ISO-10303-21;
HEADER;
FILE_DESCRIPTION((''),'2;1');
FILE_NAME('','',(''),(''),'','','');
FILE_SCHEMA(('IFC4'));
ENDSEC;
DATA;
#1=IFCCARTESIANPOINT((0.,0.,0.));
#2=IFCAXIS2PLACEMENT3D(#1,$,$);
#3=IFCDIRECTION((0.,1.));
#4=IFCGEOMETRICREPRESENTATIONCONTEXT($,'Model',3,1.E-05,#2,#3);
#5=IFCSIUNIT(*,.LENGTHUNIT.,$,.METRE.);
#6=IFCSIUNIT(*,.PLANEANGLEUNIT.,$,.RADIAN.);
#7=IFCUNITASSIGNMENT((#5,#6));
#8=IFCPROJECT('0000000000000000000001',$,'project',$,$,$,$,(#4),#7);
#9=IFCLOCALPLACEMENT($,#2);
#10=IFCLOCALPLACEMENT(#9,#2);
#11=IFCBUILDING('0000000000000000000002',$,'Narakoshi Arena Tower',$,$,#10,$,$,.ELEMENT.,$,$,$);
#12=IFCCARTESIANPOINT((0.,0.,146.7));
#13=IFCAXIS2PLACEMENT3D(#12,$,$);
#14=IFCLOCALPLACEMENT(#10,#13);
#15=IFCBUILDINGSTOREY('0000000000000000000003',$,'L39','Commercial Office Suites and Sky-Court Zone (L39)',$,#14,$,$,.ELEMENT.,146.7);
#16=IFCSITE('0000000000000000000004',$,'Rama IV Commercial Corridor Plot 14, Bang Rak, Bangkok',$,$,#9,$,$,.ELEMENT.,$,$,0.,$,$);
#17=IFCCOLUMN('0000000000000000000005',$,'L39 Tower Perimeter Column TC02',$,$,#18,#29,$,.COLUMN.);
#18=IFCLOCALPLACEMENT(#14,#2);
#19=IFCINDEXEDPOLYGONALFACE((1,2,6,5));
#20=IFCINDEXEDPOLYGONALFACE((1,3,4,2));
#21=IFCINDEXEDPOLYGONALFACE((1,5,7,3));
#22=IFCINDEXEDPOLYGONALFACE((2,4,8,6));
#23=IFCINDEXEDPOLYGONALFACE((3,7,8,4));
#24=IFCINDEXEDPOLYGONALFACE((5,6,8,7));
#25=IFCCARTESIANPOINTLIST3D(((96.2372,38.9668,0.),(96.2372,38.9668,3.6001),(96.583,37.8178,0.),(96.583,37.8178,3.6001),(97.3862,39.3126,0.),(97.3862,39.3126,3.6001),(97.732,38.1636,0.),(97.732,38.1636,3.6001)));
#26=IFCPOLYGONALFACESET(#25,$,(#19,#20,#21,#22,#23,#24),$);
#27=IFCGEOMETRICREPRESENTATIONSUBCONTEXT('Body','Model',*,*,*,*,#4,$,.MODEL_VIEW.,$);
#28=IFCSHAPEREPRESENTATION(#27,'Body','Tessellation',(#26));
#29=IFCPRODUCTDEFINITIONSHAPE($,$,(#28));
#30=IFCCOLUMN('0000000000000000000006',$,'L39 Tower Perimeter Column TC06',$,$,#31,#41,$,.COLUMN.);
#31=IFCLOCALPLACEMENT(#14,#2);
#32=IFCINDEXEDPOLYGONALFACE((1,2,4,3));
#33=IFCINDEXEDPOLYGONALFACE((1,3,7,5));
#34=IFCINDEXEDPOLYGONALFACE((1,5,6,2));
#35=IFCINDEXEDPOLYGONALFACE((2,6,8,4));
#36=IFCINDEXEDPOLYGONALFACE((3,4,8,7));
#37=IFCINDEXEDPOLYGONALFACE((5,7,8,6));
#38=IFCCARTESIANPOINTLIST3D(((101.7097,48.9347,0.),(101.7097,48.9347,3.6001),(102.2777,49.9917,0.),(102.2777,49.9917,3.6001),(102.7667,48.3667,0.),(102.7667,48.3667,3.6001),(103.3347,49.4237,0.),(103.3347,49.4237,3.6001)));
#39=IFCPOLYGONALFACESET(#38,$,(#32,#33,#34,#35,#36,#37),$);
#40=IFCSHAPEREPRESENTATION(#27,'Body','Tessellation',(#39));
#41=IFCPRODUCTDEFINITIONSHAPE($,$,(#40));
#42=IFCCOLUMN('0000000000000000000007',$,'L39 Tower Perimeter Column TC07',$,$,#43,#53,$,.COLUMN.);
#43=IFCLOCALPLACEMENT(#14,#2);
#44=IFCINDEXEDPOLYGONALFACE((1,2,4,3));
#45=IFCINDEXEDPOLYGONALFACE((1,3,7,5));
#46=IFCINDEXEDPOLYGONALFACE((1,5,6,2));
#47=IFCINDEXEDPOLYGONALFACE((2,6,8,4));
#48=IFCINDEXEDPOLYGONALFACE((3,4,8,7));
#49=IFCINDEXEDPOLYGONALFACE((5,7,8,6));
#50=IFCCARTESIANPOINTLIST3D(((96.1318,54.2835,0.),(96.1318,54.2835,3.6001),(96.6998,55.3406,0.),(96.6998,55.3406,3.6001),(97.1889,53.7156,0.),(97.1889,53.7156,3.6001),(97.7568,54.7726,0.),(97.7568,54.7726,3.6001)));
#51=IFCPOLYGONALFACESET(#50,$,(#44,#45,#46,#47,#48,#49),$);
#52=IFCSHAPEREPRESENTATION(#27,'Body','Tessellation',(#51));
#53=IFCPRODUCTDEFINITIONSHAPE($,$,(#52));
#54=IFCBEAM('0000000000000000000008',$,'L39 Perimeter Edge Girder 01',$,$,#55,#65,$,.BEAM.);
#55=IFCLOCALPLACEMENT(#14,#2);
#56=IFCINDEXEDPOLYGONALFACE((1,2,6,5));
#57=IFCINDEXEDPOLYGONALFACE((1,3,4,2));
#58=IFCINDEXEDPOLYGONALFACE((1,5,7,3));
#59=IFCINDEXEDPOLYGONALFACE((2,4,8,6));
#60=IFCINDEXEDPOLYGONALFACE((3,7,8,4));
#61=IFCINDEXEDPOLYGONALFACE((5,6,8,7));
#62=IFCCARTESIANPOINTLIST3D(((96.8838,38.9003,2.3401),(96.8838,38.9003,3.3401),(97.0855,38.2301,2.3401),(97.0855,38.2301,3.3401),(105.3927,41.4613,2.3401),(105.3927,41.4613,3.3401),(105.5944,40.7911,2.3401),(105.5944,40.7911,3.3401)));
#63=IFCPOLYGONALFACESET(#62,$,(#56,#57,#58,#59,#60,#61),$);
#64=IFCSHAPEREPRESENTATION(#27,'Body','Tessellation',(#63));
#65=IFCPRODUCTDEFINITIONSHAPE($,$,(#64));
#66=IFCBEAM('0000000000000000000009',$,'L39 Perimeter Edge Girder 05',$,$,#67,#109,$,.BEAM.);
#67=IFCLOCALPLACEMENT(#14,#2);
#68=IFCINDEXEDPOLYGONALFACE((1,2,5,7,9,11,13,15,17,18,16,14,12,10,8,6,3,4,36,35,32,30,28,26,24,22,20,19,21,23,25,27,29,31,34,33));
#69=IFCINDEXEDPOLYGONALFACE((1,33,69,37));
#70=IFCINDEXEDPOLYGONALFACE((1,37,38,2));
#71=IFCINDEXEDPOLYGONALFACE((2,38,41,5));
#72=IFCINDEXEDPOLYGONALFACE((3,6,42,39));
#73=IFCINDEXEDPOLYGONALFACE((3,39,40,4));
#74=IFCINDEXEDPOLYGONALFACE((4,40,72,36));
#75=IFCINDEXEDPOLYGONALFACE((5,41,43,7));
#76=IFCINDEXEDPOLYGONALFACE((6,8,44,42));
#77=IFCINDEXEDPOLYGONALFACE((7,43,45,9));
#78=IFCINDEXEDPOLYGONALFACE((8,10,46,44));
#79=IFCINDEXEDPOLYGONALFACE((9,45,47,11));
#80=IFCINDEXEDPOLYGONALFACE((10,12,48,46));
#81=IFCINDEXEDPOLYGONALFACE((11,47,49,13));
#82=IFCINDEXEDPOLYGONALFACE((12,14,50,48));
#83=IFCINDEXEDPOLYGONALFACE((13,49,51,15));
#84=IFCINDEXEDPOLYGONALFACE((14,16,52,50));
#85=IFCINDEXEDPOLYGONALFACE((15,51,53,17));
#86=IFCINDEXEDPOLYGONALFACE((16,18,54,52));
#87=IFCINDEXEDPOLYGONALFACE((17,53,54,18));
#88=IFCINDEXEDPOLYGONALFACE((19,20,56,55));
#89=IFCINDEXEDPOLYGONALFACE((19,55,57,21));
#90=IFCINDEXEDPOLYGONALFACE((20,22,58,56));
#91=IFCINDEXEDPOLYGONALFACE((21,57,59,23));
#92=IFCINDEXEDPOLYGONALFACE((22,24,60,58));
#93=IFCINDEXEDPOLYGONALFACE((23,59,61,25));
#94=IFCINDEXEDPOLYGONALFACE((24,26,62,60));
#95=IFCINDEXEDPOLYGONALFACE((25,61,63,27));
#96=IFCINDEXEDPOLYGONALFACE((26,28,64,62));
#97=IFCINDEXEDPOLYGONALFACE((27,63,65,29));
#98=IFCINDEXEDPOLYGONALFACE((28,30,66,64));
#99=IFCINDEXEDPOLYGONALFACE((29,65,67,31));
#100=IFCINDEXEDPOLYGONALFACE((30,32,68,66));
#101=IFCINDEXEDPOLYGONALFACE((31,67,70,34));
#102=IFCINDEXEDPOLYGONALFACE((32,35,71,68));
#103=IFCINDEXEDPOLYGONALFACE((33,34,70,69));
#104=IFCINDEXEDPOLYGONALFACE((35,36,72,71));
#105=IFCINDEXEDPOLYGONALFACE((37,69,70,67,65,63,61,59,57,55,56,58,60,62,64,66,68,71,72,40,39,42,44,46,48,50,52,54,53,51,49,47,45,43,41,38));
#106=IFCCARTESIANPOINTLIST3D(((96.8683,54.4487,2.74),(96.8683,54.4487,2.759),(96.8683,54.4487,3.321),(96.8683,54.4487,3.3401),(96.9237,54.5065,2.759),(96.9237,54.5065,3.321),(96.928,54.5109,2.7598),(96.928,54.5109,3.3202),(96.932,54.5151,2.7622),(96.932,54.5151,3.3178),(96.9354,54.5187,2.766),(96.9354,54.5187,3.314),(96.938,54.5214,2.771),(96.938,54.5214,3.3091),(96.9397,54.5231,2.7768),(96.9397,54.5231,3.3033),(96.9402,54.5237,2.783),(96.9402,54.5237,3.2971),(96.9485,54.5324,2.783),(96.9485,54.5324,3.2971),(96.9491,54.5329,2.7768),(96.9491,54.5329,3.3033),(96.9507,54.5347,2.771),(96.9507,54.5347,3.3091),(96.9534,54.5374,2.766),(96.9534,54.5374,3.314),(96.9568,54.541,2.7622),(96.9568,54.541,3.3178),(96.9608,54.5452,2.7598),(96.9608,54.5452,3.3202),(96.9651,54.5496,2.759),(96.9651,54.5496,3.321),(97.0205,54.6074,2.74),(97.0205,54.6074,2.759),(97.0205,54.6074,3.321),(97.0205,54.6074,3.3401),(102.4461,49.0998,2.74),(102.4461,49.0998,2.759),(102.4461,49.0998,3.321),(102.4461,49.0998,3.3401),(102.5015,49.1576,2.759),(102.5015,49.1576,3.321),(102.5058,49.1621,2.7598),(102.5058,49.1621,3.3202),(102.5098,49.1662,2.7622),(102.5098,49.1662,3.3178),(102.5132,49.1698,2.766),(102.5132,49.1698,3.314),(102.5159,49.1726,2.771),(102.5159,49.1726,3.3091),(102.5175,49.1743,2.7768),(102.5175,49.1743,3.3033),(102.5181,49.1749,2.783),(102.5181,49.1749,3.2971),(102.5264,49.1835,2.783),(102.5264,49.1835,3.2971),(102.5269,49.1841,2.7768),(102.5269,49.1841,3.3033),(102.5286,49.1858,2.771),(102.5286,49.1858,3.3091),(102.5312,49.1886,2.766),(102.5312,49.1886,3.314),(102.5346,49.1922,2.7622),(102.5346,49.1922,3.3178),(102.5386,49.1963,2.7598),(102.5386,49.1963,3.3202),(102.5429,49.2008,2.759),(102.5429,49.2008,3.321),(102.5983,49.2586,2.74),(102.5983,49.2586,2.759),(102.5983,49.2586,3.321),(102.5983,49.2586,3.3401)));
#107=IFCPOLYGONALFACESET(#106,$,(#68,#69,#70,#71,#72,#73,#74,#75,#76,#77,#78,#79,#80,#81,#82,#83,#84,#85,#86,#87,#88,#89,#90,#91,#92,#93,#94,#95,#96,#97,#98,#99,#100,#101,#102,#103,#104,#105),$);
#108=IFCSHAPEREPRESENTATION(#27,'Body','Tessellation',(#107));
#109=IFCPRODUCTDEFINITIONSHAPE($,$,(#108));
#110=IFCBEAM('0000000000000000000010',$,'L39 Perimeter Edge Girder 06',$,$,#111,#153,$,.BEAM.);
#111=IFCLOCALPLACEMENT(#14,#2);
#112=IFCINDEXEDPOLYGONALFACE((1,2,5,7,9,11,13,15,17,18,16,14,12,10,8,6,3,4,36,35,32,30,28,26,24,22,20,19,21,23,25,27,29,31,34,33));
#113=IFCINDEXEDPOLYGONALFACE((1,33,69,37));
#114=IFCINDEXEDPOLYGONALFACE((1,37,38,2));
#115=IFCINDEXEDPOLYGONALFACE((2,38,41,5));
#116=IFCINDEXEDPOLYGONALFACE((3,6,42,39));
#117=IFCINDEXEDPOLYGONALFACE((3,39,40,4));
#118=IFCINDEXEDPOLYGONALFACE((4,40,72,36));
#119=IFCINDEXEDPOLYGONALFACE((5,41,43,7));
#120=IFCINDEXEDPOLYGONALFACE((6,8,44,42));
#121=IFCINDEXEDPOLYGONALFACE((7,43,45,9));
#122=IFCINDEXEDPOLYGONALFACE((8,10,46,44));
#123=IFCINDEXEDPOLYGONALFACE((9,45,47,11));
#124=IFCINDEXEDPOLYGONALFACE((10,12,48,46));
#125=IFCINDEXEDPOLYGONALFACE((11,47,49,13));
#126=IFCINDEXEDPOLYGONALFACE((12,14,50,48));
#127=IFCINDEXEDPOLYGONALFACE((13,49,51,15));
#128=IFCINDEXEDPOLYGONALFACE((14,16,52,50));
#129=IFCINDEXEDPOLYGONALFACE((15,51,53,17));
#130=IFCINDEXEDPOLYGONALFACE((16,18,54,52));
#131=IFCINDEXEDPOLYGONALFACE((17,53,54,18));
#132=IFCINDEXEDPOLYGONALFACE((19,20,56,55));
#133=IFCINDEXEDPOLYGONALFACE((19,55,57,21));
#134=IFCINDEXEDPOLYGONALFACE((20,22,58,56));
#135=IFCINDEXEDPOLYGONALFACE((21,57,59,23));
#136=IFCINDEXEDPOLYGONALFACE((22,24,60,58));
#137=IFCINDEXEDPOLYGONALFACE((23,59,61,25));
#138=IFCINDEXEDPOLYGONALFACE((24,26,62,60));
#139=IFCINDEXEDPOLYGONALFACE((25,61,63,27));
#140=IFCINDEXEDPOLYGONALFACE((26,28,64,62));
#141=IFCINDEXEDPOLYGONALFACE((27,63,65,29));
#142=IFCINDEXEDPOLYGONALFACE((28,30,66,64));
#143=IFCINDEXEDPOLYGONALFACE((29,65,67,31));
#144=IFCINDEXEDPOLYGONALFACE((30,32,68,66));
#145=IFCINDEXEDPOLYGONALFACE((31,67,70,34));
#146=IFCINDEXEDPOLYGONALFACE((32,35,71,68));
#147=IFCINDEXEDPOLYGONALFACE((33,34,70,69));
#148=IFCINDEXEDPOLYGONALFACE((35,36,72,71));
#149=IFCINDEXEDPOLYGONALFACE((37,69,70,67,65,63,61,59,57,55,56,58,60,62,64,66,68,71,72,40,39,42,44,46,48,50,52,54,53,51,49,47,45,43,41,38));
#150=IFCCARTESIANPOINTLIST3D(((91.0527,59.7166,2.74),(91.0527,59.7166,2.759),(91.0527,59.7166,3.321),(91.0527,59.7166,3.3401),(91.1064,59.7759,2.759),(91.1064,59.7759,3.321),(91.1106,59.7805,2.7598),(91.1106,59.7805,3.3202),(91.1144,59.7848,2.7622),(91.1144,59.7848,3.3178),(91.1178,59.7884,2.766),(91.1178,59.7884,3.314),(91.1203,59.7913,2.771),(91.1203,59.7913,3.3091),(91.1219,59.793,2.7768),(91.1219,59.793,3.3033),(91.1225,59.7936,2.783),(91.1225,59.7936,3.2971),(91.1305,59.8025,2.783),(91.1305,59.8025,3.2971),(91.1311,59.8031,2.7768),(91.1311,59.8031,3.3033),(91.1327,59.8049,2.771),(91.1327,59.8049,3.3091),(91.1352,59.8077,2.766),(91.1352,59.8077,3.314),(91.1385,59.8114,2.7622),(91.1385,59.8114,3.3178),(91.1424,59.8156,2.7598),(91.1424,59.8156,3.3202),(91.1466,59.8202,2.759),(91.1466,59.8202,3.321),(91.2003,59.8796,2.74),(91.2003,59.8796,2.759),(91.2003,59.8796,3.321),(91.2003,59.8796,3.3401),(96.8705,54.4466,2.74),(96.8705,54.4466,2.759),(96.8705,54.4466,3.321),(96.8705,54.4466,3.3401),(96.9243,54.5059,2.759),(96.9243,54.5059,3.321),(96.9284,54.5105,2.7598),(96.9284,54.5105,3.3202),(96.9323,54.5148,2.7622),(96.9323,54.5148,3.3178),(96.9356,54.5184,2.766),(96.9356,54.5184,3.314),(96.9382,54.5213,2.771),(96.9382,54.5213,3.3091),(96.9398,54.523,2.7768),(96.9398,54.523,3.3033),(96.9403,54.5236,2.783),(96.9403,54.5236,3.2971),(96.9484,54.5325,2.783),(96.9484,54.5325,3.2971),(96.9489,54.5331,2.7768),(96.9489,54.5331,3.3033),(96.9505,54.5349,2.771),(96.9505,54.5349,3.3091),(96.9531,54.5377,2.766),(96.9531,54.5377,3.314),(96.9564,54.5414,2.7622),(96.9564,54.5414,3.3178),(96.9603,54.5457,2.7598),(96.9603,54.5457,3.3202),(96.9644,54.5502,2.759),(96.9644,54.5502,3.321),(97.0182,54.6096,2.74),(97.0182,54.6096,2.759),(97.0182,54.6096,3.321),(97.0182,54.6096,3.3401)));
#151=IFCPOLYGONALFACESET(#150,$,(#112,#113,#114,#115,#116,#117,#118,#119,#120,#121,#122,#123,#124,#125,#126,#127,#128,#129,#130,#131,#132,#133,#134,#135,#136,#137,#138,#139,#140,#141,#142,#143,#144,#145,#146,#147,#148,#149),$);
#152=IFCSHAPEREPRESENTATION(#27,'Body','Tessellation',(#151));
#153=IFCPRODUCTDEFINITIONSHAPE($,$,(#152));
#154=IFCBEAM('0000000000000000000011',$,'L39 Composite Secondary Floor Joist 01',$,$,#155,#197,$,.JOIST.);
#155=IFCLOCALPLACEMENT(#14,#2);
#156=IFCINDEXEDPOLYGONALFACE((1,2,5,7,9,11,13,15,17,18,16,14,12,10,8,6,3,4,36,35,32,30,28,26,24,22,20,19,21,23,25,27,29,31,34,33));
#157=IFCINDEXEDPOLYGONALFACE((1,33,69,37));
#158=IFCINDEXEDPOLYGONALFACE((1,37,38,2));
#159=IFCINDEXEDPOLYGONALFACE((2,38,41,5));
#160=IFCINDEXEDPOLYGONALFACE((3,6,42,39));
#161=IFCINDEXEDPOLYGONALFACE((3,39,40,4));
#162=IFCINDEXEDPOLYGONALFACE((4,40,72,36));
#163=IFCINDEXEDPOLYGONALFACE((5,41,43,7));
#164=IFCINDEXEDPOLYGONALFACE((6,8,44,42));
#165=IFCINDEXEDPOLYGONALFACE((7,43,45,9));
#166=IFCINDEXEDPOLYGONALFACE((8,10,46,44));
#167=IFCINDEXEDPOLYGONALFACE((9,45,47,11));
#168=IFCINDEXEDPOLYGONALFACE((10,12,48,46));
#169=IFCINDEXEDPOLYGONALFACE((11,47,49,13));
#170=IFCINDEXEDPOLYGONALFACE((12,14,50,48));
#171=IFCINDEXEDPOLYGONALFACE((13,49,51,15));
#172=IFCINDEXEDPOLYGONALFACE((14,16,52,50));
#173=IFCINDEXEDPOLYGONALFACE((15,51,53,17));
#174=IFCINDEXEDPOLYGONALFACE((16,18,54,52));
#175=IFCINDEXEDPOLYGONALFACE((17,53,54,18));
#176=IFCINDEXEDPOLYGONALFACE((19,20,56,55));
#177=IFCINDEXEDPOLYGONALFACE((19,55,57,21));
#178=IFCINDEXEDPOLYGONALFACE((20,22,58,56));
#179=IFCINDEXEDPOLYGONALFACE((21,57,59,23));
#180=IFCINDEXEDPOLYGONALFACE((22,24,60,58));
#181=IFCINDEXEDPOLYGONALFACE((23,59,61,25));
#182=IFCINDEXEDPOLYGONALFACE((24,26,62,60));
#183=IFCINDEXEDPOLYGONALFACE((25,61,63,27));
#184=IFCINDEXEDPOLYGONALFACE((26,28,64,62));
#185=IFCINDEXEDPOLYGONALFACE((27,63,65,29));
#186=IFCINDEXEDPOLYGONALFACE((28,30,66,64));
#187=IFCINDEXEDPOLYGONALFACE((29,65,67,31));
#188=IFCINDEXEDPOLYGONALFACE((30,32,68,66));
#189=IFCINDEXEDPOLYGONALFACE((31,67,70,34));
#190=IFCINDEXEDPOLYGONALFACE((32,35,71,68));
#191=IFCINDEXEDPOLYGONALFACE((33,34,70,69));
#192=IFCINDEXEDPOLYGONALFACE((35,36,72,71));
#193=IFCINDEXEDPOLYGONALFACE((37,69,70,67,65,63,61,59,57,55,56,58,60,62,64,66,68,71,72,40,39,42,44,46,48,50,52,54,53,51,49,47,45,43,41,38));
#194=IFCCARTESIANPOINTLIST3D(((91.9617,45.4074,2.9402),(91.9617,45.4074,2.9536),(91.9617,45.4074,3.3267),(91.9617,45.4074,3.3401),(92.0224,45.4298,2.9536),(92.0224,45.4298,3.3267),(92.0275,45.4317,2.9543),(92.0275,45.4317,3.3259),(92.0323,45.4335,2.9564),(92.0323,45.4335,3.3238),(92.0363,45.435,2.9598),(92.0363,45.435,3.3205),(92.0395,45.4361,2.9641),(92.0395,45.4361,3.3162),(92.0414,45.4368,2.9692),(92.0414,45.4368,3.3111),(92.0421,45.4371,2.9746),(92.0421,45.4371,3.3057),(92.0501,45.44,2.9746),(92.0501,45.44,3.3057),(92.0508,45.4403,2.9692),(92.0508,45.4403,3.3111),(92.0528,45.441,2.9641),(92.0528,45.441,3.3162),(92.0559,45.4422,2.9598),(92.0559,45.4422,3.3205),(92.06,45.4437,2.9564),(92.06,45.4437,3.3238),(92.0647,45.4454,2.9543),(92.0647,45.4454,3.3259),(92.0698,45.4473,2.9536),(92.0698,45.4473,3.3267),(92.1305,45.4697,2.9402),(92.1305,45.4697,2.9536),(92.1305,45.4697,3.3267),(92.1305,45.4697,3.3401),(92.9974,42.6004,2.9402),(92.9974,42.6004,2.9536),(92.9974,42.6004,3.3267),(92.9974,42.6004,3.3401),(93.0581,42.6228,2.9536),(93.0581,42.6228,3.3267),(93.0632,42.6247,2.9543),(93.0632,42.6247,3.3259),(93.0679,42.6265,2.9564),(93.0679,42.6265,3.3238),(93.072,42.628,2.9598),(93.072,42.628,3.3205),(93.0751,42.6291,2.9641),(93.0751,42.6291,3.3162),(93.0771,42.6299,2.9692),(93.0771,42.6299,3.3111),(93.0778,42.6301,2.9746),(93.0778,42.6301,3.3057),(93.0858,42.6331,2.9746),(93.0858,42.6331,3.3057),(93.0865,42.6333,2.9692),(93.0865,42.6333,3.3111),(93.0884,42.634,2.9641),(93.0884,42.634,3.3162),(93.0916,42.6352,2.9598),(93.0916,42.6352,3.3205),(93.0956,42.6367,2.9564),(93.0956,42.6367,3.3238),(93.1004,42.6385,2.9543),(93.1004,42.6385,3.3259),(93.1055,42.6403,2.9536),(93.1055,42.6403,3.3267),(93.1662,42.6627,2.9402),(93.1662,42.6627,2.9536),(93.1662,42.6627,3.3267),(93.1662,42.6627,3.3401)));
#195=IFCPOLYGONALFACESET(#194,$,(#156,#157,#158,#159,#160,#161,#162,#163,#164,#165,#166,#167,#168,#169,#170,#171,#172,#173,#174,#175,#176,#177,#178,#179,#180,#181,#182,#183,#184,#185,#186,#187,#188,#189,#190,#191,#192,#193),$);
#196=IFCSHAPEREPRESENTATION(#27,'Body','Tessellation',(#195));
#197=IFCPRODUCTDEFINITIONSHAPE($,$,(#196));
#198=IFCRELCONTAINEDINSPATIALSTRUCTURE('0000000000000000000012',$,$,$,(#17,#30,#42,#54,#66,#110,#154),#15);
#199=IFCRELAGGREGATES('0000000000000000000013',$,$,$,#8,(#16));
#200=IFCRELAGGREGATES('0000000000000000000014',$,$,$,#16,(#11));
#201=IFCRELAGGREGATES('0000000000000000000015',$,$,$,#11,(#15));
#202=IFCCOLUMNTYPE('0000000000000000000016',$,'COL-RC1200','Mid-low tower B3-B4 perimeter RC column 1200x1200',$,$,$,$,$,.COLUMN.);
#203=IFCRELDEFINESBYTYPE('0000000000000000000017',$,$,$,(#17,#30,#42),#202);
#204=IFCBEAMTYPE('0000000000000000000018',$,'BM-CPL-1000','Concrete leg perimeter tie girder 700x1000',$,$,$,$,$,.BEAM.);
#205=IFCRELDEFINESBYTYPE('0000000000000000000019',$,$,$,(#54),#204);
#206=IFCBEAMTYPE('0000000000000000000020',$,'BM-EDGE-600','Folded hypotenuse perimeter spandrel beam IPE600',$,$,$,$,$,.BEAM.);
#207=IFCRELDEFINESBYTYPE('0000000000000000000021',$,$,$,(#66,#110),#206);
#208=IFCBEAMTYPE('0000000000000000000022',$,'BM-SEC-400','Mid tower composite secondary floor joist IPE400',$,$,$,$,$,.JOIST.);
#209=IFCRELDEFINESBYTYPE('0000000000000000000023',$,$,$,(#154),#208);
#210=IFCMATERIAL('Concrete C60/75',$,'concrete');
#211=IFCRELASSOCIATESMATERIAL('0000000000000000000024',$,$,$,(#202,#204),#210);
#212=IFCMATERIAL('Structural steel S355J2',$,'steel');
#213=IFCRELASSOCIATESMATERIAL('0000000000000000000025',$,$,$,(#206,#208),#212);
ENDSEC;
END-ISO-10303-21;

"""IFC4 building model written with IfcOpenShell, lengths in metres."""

from ifc_helpers import new_model, si_unit, direction, frame, origin, origin_2d, place, context, subcontext, project, spatial, rectangle, i_section, extrude, material, material_profile, profile_set, type_object, element, save


model = new_model("IFC4")

# Units and contexts
model_context = context("Model", 3, precision=1e-05, world=origin(), true_north=direction((0.0, 1.0)))
body_context = subcontext(model_context, "Body", "Model", "MODEL_VIEW")
ifc_project = project(units=[si_unit("LENGTHUNIT", "METRE"), si_unit("PLANEANGLEUNIT", "RADIAN")], contexts=[model_context])

# Site, building, storey
site_placement = place(None, origin())
site = spatial("IfcSite", under=ifc_project, at=site_placement, Name="Rama IV Commercial Corridor Plot 14, Bang Rak, Bangkok", CompositionType="ELEMENT", RefElevation=0.0)
building_placement = place(site_placement, origin())
building = spatial("IfcBuilding", under=site, at=building_placement, Name="Narakoshi Arena Tower", CompositionType="ELEMENT")
storey_placement = place(building_placement, frame((0.0, 0.0, 146.7)))
storey = spatial("IfcBuildingStorey", under=building, at=storey_placement, Name="L39", Description="Commercial Office Suites and Sky-Court Zone (L39)", CompositionType="ELEMENT", Elevation=146.7)

# Columns
ifc_material_1 = material(Name="Concrete C60/75", Category="concrete")
ifc_material_profile_1 = material_profile(ifc_material_1, rectangle(XDim=1.2, YDim=1.2, at=origin_2d()), Name="RC1200x1200")
ifc_profile_set_1 = profile_set([ifc_material_profile_1], Name="Concrete C60/75")
column_type = type_object("IfcColumnType", Name="COL-RC1200", Description="Mid-low tower B3-B4 perimeter RC column 1200x1200", PredefinedType="COLUMN", material=ifc_profile_set_1)
for number, where, z_axis, x_axis, name in (
    (1, (96.9846, 38.5652, 0.0), (0.0, 0.0, 1.0), (0.957571, 0.288196, 0.0), "L39 Tower Perimeter Column TC02"),
    (2, (102.5222, 49.1792, 0.0), (0.0, 0.0, 1.0), (0.47332, 0.880891, 0.0), "L39 Tower Perimeter Column TC06"),
    (3, (96.9443, 54.5281, 0.0), (0.0, 0.0, 1.0), (0.47332, 0.880891, 0.0), "L39 Tower Perimeter Column TC07"),
):
    element("IfcColumn", number, at=place(storey_placement, frame(where, z_axis=z_axis, x_axis=x_axis)), inside=storey, type_object=column_type, Name=name, PredefinedType="COLUMN", context=body_context, shape_type="SweptSolid", body=[
        extrude(rectangle(XDim=1.2, YDim=1.2, at=origin_2d()), origin(), (0.0, 0.0, 1.0), 3.6001),
    ])

# Beams
ifc_material_profile_2 = material_profile(ifc_material_1, rectangle(XDim=0.7, YDim=1.0, at=origin_2d()), Name="RCB700x1000")
ifc_profile_set_2 = profile_set([ifc_material_profile_2], Name="Concrete C60/75")
beam_type_1 = type_object("IfcBeamType", Name="BM-CPL-1000", Description="Concrete leg perimeter tie girder 700x1000", PredefinedType="BEAM", material=ifc_profile_set_2)
beam_1_placement = place(storey_placement, frame((96.9846, 38.5652, 2.8401), z_axis=(0.957568, 0.288207, 0.0), x_axis=(-0.288207, 0.957568, 0.0)))
element("IfcBeam", 4, at=beam_1_placement, inside=storey, type_object=beam_type_1, Name="L39 Perimeter Edge Girder 01", PredefinedType="BEAM", context=body_context, shape_type="SweptSolid", body=[
    extrude(rectangle(XDim=0.7, YDim=1.0, at=origin_2d()), origin(), (0.0, 0.0, 1.0), 8.886),
])
ifc_material_2 = material(Name="Structural steel S355J2", Category="steel")
ifc_material_profile_3 = material_profile(ifc_material_2, i_section(OverallWidth=0.22, OverallDepth=0.6001, WebThickness=0.012, FlangeThickness=0.019, FilletRadius=0.0239, at=origin_2d()), Name="IPE600")
ifc_profile_set_3 = profile_set([ifc_material_profile_3], Name="Structural steel S355J2")
beam_type_2 = type_object("IfcBeamType", Name="BM-EDGE-600", Description="Folded hypotenuse perimeter spandrel beam IPE600", PredefinedType="BEAM", material=ifc_profile_set_3)
beam_2_placement = place(storey_placement, frame((102.5222, 49.1792, 3.04), z_axis=(-0.721768, 0.692135, 0.0), x_axis=(-0.692135, -0.721768, 0.0)))
element("IfcBeam", 5, at=beam_2_placement, inside=storey, type_object=beam_type_2, Name="L39 Perimeter Edge Girder 05", PredefinedType="BEAM", context=body_context, shape_type="SweptSolid", body=[
    extrude(i_section(OverallWidth=0.22, OverallDepth=0.6001, WebThickness=0.012, FlangeThickness=0.019, FilletRadius=0.0239, at=origin_2d()), origin(), (0.0, 0.0, 1.0), 7.728),
])
beam_3_placement = place(storey_placement, frame((96.9443, 54.5281, 3.04), z_axis=(-0.741141, 0.67135, 0.0), x_axis=(-0.67135, -0.741141, 0.0)))
element("IfcBeam", 6, at=beam_3_placement, inside=storey, type_object=beam_type_2, Name="L39 Perimeter Edge Girder 06", PredefinedType="BEAM", context=body_context, shape_type="SweptSolid", body=[
    extrude(i_section(OverallWidth=0.22, OverallDepth=0.6001, WebThickness=0.012, FlangeThickness=0.019, FilletRadius=0.0239, at=origin_2d()), origin(), (0.0, 0.0, 1.0), 7.8499),
])
ifc_material_profile_4 = material_profile(ifc_material_2, i_section(OverallWidth=0.1799, OverallDepth=0.3999, WebThickness=0.0085, FlangeThickness=0.0134, FilletRadius=0.021, at=origin_2d()), Name="IPE400")
ifc_profile_set_4 = profile_set([ifc_material_profile_4], Name="Structural steel S355J2")
beam_type_3 = type_object("IfcBeamType", Name="BM-SEC-400", Description="Mid tower composite secondary floor joist IPE400", PredefinedType="JOIST", material=ifc_profile_set_4)
beam_4_placement = place(storey_placement, frame((93.0818, 42.6316, 3.1401), z_axis=(-0.346155, 0.938177, 0.0), x_axis=(-0.938177, -0.346155, 0.0)))
element("IfcBeam", 7, at=beam_4_placement, inside=storey, type_object=beam_type_3, Name="L39 Composite Secondary Floor Joist 01", PredefinedType="JOIST", context=body_context, shape_type="SweptSolid", body=[
    extrude(i_section(OverallWidth=0.1799, OverallDepth=0.3999, WebThickness=0.0085, FlangeThickness=0.0134, FilletRadius=0.021, at=origin_2d()), origin(), (0.0, 0.0, 1.0), 2.9919),
])

save(model, "model.ifc")
